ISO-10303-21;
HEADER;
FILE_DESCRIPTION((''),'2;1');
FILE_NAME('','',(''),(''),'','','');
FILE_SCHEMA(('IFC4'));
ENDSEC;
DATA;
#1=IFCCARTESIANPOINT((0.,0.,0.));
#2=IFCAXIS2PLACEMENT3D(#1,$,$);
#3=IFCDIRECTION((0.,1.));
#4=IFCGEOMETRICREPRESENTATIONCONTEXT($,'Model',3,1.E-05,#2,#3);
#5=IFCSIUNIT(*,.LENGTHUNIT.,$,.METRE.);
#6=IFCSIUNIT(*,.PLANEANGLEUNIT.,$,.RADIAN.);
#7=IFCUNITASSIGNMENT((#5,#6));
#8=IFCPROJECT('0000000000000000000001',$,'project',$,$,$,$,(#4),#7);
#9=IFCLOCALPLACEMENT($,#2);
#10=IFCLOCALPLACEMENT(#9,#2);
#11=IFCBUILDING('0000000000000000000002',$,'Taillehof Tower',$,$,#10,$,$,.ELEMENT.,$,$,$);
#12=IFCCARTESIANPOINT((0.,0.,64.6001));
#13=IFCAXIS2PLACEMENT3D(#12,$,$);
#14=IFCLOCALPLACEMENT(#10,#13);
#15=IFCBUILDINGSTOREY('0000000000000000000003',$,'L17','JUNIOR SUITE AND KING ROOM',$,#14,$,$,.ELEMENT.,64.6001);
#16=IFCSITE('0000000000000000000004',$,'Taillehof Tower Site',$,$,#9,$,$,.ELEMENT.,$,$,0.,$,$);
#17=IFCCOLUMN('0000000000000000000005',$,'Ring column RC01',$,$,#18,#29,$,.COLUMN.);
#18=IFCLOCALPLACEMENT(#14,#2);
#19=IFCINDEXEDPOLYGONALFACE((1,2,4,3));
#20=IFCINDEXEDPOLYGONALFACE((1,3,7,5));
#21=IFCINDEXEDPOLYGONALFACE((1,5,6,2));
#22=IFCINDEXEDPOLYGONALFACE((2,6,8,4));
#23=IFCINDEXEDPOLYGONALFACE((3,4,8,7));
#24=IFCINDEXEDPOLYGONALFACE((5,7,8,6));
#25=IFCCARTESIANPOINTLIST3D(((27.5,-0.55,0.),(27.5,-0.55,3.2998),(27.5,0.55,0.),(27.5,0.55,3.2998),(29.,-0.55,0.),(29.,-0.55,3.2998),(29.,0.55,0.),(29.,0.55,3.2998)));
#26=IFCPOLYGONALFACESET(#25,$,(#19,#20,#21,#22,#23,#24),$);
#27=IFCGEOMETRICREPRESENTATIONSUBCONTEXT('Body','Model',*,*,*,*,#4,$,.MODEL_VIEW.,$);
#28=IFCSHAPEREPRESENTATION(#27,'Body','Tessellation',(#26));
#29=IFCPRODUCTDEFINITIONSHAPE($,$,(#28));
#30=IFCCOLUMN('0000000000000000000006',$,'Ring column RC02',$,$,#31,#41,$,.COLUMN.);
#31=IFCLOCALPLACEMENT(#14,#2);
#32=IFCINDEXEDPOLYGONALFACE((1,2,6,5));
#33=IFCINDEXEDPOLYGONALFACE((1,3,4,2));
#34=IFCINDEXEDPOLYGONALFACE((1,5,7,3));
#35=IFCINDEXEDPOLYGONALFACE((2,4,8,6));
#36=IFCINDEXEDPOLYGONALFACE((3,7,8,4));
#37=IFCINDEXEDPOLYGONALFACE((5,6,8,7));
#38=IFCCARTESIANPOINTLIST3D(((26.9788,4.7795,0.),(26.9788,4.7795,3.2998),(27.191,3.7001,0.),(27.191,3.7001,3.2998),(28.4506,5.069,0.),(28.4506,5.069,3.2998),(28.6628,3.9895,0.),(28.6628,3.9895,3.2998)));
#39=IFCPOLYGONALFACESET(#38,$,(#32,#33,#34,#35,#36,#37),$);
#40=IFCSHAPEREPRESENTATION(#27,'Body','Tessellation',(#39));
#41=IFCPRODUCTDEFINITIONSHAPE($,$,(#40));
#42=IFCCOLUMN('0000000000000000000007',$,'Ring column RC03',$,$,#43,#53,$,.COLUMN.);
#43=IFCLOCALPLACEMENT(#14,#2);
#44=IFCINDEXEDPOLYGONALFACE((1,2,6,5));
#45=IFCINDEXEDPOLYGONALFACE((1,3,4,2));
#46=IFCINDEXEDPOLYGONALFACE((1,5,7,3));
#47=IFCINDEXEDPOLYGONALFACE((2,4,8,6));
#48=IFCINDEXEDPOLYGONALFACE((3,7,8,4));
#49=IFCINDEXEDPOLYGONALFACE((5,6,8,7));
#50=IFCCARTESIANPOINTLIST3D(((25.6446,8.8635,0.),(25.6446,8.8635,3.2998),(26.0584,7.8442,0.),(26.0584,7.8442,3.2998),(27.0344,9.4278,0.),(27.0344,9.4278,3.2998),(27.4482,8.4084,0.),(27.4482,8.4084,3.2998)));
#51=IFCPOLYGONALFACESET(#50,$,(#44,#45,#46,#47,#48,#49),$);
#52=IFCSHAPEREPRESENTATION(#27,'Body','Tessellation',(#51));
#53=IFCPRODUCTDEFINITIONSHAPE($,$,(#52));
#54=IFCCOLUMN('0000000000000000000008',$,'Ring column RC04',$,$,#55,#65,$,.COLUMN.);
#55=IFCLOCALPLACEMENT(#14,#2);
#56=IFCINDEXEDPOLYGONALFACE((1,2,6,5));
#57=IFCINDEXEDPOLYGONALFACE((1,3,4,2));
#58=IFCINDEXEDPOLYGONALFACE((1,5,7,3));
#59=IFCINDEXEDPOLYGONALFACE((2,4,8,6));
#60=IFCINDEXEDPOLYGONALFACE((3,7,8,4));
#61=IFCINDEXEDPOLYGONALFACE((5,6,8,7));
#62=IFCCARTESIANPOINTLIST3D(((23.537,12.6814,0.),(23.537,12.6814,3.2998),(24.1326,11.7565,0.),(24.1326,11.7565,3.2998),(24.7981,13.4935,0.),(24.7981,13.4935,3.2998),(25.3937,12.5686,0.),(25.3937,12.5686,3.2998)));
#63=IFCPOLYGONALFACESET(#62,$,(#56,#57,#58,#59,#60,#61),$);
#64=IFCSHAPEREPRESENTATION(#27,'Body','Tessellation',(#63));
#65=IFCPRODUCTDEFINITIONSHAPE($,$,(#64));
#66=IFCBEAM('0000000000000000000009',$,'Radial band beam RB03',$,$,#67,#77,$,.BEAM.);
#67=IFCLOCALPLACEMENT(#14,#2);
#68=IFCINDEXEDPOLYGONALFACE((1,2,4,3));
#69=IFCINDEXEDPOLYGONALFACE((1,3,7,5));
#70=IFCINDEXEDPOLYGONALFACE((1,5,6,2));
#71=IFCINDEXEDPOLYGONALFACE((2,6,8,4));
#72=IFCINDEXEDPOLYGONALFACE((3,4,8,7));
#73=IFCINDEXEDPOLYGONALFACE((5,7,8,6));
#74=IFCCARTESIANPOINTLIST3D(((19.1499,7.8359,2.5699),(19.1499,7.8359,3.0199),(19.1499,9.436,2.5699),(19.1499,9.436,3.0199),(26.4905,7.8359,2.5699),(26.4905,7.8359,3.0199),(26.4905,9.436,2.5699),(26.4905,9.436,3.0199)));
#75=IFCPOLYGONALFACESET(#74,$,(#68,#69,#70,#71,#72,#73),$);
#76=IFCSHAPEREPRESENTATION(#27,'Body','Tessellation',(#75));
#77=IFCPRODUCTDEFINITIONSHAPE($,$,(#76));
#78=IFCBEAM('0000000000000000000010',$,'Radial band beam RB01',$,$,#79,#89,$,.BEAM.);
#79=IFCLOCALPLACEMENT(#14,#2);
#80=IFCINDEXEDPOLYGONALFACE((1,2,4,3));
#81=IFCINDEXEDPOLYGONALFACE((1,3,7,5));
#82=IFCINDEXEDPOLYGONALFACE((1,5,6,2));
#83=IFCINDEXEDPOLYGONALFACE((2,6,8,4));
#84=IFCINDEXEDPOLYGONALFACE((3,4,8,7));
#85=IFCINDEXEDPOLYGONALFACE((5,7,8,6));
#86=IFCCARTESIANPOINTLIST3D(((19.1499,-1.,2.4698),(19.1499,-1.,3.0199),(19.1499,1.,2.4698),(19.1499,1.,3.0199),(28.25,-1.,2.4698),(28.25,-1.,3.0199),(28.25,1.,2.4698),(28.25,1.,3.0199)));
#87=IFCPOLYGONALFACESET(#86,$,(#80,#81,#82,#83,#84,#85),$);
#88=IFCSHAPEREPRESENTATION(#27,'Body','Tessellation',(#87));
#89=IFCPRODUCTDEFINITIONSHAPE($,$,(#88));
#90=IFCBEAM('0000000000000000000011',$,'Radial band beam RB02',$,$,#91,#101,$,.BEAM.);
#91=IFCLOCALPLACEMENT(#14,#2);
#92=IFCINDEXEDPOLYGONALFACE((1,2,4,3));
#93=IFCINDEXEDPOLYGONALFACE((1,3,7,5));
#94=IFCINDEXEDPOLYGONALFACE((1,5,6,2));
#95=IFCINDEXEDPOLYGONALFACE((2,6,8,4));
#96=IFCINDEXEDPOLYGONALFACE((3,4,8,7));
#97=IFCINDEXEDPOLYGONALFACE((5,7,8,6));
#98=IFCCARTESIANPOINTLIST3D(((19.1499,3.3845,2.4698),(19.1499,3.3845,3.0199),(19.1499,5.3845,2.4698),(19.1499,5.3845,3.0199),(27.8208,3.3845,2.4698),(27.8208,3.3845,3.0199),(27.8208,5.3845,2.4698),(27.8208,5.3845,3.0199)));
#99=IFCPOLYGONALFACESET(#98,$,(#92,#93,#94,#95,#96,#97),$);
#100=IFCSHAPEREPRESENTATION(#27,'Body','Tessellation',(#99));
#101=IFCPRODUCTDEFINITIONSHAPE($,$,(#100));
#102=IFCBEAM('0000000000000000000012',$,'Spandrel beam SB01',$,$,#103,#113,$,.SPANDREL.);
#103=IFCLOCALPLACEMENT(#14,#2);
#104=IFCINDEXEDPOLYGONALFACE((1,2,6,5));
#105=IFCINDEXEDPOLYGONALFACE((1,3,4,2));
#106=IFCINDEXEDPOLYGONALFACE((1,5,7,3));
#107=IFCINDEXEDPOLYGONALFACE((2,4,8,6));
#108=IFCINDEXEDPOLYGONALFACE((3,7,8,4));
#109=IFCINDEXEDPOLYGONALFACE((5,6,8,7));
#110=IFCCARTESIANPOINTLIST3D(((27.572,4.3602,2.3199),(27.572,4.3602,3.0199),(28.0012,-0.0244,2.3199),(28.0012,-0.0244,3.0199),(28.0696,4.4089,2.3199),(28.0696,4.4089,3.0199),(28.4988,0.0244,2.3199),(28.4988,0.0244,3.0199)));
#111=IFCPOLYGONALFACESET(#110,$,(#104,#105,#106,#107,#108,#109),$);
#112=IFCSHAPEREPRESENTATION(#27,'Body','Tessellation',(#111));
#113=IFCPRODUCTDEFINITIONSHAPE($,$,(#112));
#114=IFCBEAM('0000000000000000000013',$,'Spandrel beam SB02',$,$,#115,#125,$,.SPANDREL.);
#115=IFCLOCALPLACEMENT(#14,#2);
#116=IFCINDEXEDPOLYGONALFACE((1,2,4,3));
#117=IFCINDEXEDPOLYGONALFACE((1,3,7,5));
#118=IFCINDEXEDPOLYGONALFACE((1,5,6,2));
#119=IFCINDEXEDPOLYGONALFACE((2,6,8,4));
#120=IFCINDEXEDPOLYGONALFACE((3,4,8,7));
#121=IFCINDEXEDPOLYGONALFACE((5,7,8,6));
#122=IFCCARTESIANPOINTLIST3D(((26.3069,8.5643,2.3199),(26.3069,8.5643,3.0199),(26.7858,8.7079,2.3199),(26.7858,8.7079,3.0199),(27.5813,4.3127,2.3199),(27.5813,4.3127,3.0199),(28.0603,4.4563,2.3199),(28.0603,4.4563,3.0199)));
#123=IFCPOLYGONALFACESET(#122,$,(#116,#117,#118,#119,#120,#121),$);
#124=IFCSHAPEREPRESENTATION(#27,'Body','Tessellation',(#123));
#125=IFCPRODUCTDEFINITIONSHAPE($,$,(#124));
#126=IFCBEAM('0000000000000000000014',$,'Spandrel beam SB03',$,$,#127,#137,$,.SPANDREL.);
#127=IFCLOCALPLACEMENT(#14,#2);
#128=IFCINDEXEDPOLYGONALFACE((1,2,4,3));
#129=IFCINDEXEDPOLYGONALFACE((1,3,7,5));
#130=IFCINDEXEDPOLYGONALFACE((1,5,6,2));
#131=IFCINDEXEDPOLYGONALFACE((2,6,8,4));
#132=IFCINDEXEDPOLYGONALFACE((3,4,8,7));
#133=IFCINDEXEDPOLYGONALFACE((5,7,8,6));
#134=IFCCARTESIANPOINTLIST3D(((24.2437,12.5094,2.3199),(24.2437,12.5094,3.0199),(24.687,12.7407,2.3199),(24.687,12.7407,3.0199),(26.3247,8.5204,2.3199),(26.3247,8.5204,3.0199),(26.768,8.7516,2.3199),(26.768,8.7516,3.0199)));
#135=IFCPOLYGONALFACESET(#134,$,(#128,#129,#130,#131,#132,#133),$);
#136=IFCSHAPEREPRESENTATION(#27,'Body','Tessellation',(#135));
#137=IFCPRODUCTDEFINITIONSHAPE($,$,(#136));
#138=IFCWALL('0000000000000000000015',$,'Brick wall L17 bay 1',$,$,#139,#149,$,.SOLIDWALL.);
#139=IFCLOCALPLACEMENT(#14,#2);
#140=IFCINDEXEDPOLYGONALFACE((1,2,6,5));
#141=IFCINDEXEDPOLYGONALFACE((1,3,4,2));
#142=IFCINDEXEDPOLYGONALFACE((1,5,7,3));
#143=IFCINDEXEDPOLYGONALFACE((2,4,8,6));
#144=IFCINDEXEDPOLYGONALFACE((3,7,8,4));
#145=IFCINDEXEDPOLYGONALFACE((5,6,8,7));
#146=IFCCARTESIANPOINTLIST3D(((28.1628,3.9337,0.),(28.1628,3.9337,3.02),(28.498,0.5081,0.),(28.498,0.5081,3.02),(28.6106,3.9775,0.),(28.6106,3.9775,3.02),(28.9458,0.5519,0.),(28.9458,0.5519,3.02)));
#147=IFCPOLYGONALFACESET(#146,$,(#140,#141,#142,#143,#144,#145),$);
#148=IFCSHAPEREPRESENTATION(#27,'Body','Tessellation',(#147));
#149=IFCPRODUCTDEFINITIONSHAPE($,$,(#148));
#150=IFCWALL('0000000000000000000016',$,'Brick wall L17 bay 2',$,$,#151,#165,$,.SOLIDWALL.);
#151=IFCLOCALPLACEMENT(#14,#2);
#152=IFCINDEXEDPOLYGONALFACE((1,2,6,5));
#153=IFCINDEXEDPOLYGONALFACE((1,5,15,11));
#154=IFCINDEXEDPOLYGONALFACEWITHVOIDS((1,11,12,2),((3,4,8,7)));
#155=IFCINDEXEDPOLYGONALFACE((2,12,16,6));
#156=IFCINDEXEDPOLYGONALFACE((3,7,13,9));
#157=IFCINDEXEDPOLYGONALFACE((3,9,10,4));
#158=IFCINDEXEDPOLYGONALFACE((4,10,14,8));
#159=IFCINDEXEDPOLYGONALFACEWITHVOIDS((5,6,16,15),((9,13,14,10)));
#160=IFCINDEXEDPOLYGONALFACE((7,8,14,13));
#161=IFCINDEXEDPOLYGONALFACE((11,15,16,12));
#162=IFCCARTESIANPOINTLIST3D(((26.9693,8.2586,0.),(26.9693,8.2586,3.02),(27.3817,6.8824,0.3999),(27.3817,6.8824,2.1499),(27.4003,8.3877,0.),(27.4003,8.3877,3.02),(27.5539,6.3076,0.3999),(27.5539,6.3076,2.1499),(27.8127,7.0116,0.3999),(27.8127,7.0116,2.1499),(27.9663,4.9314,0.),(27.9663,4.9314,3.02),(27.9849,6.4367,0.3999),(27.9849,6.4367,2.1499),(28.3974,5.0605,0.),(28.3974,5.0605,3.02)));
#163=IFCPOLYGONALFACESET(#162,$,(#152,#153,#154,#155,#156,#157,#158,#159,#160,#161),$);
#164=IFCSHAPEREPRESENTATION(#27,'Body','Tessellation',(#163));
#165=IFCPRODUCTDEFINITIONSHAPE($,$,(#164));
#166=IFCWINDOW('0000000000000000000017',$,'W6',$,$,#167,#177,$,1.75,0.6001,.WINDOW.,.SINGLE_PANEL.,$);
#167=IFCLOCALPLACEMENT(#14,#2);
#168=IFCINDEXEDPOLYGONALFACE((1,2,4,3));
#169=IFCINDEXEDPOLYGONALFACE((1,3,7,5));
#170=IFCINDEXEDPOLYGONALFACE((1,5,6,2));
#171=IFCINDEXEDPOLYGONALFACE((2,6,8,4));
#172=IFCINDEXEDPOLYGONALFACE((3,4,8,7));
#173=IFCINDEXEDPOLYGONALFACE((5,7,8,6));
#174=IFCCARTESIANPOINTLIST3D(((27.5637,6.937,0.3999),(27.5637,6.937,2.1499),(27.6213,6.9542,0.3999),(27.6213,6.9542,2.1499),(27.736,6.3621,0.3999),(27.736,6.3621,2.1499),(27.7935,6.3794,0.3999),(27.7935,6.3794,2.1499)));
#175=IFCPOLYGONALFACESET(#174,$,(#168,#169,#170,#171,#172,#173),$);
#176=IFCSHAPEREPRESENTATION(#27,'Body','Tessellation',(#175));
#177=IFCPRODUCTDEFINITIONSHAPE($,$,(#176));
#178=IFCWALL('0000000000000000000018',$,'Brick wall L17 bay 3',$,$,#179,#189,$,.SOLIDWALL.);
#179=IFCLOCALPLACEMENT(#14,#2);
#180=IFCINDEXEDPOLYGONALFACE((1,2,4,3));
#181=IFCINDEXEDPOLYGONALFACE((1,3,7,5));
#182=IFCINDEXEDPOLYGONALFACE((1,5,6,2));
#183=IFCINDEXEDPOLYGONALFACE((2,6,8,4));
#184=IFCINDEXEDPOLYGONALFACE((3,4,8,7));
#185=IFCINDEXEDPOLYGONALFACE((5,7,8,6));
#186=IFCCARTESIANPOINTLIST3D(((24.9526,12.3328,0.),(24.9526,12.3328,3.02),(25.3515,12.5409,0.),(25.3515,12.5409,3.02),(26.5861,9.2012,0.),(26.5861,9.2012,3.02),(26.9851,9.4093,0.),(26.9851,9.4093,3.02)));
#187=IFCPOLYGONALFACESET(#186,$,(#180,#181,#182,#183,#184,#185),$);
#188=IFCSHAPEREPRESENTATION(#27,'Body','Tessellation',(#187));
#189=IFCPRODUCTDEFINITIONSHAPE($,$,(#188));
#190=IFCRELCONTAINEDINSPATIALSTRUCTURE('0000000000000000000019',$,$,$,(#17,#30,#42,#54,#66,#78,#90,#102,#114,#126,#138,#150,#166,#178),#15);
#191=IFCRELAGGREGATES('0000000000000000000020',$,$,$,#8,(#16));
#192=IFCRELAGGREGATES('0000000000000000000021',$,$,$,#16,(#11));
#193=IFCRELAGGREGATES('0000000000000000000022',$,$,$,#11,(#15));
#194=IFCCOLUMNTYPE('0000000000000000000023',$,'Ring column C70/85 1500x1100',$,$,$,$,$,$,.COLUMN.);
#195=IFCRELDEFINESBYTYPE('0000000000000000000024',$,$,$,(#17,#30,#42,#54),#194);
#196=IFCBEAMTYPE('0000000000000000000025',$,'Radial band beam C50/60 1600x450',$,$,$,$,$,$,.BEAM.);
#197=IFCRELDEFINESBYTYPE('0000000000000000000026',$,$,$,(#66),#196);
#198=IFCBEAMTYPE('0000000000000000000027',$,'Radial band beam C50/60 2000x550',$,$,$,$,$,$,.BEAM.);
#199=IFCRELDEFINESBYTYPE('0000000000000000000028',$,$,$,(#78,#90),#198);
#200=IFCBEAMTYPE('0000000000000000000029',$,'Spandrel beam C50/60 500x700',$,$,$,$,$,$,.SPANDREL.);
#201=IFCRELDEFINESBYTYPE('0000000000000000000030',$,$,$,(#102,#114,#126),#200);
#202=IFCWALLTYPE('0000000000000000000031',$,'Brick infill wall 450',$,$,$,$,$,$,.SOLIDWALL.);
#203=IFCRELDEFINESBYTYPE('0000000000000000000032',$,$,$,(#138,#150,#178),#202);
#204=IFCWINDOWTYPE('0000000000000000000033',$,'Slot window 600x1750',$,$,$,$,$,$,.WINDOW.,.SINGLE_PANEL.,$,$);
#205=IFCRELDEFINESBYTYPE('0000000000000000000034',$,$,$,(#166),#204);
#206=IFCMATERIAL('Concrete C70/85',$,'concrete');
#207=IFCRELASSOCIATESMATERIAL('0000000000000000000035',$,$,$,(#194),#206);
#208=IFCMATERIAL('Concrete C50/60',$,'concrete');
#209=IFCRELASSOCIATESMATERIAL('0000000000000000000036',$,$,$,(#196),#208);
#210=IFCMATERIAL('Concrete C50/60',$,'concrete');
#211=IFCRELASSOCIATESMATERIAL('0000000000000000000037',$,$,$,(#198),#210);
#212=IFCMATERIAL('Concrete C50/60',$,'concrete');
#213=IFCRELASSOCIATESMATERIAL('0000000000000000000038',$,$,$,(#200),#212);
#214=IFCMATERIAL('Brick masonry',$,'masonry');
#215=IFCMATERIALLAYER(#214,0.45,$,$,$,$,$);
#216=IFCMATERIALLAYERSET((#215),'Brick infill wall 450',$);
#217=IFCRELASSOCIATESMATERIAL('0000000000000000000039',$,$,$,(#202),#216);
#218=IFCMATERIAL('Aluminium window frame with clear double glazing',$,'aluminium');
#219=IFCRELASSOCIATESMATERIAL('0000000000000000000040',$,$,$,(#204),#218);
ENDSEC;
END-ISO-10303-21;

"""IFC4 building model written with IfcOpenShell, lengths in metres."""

from ifc_helpers import new_model, si_unit, direction, frame, frame_2d, origin, origin_2d, place, context, subcontext, project, spatial, rectangle, extrude, material, layer, layer_set, material_profile, profile_set, type_object, element, fill, save


model = new_model("IFC4")

# Units and contexts
model_context = context("Model", 3, precision=1e-05, world=origin(), true_north=direction((0.0, 1.0)))
body_context = subcontext(model_context, "Body", "Model", "MODEL_VIEW")
ifc_project = project(units=[si_unit("LENGTHUNIT", "METRE"), si_unit("PLANEANGLEUNIT", "RADIAN")], contexts=[model_context])

# Site, building, storey
site_placement = place(None, origin())
site = spatial("IfcSite", under=ifc_project, at=site_placement, Name="Taillehof Tower Site", CompositionType="ELEMENT", RefElevation=0.0)
building_placement = place(site_placement, origin())
building = spatial("IfcBuilding", under=site, at=building_placement, Name="Taillehof Tower", CompositionType="ELEMENT")
storey_placement = place(building_placement, frame((0.0, 0.0, 64.6001)))
storey = spatial("IfcBuildingStorey", under=building, at=storey_placement, Name="L17", Description="JUNIOR SUITE AND KING ROOM", CompositionType="ELEMENT", Elevation=64.6001)

# Columns
ifc_material_1 = material(Name="Concrete C70/85", Category="concrete")
ifc_material_profile_1 = material_profile(ifc_material_1, rectangle(XDim=1.5, YDim=1.1001, at=origin_2d()), Name="RC 1500x1100")
ifc_profile_set_1 = profile_set([ifc_material_profile_1], Name="Concrete C70/85")
column_type = type_object("IfcColumnType", Name="Ring column C70/85 1500x1100", PredefinedType="COLUMN", material=ifc_profile_set_1)
for number, where, z_axis, x_axis, name in (
    (1, (28.25, 0.0, 0.0), (0.0, 0.0, 1.0), (1.0, 0.0, 0.0), "Ring column RC01"),
    (2, (27.8208, 4.3845, 0.0), (0.0, 0.0, 1.0), (0.981204, 0.192976, 0.0), "Ring column RC02"),
    (3, (26.5464, 8.636, 0.0), (0.0, 0.0, 1.0), (0.926558, 0.376152, 0.0), "Ring column RC03"),
    (4, (24.4653, 12.625, 0.0), (0.0, 0.0, 1.0), (0.840754, 0.541418, 0.0), "Ring column RC04"),
):
    element("IfcColumn", number, at=place(storey_placement, frame(where, z_axis=z_axis, x_axis=x_axis)), inside=storey, type_object=column_type, Name=name, PredefinedType="COLUMN", context=body_context, shape_type="SweptSolid", body=[
        extrude(rectangle(XDim=1.5, YDim=1.1001, at=origin_2d()), origin(), (0.0, 0.0, 1.0), 3.2998),
    ])

# Beams
ifc_material_2 = material(Name="Concrete C50/60", Category="concrete")
ifc_material_profile_2 = material_profile(ifc_material_2, rectangle(XDim=1.6001, YDim=0.45, at=origin_2d()), Name="RC 1600x450")
ifc_profile_set_2 = profile_set([ifc_material_profile_2], Name="Concrete C50/60")
beam_type_1 = type_object("IfcBeamType", Name="Radial band beam C50/60 1600x450", PredefinedType="BEAM", material=ifc_profile_set_2)
beam_1_placement = place(storey_placement, frame((26.4905, 8.636, 2.7949), z_axis=(-1.0, 0.0, 0.0), x_axis=(0.0, -1.0, 0.0)))
element("IfcBeam", 5, at=beam_1_placement, inside=storey, type_object=beam_type_1, Name="Radial band beam RB03", PredefinedType="BEAM", context=body_context, shape_type="SweptSolid", body=[
    extrude(rectangle(XDim=1.6001, YDim=0.45, at=origin_2d()), origin(), (0.0, 0.0, 1.0), 7.3406),
])
ifc_material_3 = material(Name="Concrete C50/60", Category="concrete")
ifc_material_profile_3 = material_profile(ifc_material_3, rectangle(XDim=2.0, YDim=0.55, at=origin_2d()), Name="RC 2000x550")
ifc_profile_set_3 = profile_set([ifc_material_profile_3], Name="Concrete C50/60")
beam_type_2 = type_object("IfcBeamType", Name="Radial band beam C50/60 2000x550", PredefinedType="BEAM", material=ifc_profile_set_3)
beam_2_placement = place(storey_placement, frame((28.25, 0.0, 2.7449), z_axis=(-1.0, 0.0, 0.0), x_axis=(0.0, -1.0, 0.0)))
element("IfcBeam", 6, at=beam_2_placement, inside=storey, type_object=beam_type_2, Name="Radial band beam RB01", PredefinedType="BEAM", context=body_context, shape_type="SweptSolid", body=[
    extrude(rectangle(XDim=2.0, YDim=0.55, at=origin_2d()), origin(), (0.0, 0.0, 1.0), 9.1001),
])
beam_3_placement = place(storey_placement, frame((27.8208, 4.3845, 2.7449), z_axis=(-1.0, 0.0, 0.0), x_axis=(0.0, -1.0, 0.0)))
element("IfcBeam", 7, at=beam_3_placement, inside=storey, type_object=beam_type_2, Name="Radial band beam RB02", PredefinedType="BEAM", context=body_context, shape_type="SweptSolid", body=[
    extrude(rectangle(XDim=2.0, YDim=0.55, at=origin_2d()), origin(), (0.0, 0.0, 1.0), 8.6709),
])
ifc_material_4 = material(Name="Concrete C50/60", Category="concrete")
ifc_material_profile_4 = material_profile(ifc_material_4, rectangle(XDim=0.5, YDim=0.7, at=origin_2d()), Name="RC 500x700")
ifc_profile_set_4 = profile_set([ifc_material_profile_4], Name="Concrete C50/60")
beam_type_3 = type_object("IfcBeamType", Name="Spandrel beam C50/60 500x700", PredefinedType="SPANDREL", material=ifc_profile_set_4)
beam_4_placement = place(storey_placement, frame((28.25, 0.0, 2.6699), z_axis=(-0.097424, 0.995243, 0.0), x_axis=(-0.995243, -0.097424, 0.0)))
element("IfcBeam", 8, at=beam_4_placement, inside=storey, type_object=beam_type_3, Name="Spandrel beam SB01", PredefinedType="SPANDREL", context=body_context, shape_type="SweptSolid", body=[
    extrude(rectangle(XDim=0.5, YDim=0.7, at=origin_2d()), origin(), (0.0, 0.0, 1.0), 4.4055),
])
beam_5_placement = place(storey_placement, frame((27.8208, 4.3845, 2.6699), z_axis=(-0.287136, 0.95789, 0.0), x_axis=(-0.95789, -0.287136, 0.0)))
element("IfcBeam", 9, at=beam_5_placement, inside=storey, type_object=beam_type_3, Name="Spandrel beam SB02", PredefinedType="SPANDREL", context=body_context, shape_type="SweptSolid", body=[
    extrude(rectangle(XDim=0.5, YDim=0.7, at=origin_2d()), origin(), (0.0, 0.0, 1.0), 4.4385),
])
beam_6_placement = place(storey_placement, frame((26.5464, 8.636, 2.6699), z_axis=(-0.462536, 0.8866, 0.0), x_axis=(-0.8866, -0.462536, 0.0)))
element("IfcBeam", 10, at=beam_6_placement, inside=storey, type_object=beam_type_3, Name="Spandrel beam SB03", PredefinedType="SPANDREL", context=body_context, shape_type="SweptSolid", body=[
    extrude(rectangle(XDim=0.5, YDim=0.7, at=origin_2d()), origin(), (0.0, 0.0, 1.0), 4.4993),
])

# Wall
ifc_material_5 = material(Name="Brick masonry", Category="masonry")
ifc_layer_1 = layer(ifc_material_5, 0.45)
ifc_layer_set_1 = layer_set([ifc_layer_1], Name="Brick infill wall 450")
wall_type_1 = type_object("IfcWallType", Name="Brick infill wall 450", PredefinedType="SOLIDWALL", material=ifc_layer_set_1)
wall_1_placement = place(storey_placement, frame((28.7219, 0.53, 0.0), z_axis=(0.0, 0.0, 1.0), x_axis=(-0.09739, 0.995246, 0.0)))
element("IfcWall", 11, at=wall_1_placement, inside=storey, type_object=wall_type_1, Name="Brick wall L17 bay 1", PredefinedType="SOLIDWALL", context=body_context, shape_type="SweptSolid", body=[
    extrude(rectangle(XDim=3.4419, YDim=0.45, at=frame_2d((1.7209, 0.0))), origin(), (0.0, 0.0, 1.0), 3.02),
])

# Wall, opening, window
wall_2_placement = place(storey_placement, frame((28.1819, 4.9958, 0.0), z_axis=(0.0, 0.0, 1.0), x_axis=(-0.287064, 0.957911, 0.0)))
wall_2 = element("IfcWall", 12, at=wall_2_placement, inside=storey, type_object=wall_type_1, Name="Brick wall L17 bay 2", PredefinedType="SOLIDWALL", context=body_context, shape_type="SweptSolid", body=[
    extrude(rectangle(XDim=3.4734, YDim=0.45, at=frame_2d((1.7368, 0.0))), origin(), (0.0, 0.0, 1.0), 3.02),
])
opening_1_placement = place(wall_2_placement, frame((1.4368, 0.0, 0.3999)))
opening_1 = element("IfcOpeningElement", 13, at=opening_1_placement, cuts=wall_2, PredefinedType="OPENING", context=body_context, shape_type="SweptSolid", body=[
    extrude(rectangle(XDim=0.6001, YDim=1.75, at=frame_2d((0.3, 0.875))), frame((0.0, 0.2349, 0.0), z_axis=(0.0, -1.0, 0.0), x_axis=(1.0, 0.0, 0.0)), (0.0, 0.0, 1.0), 0.47),
])
ifc_material_6 = material(Name="Aluminium window frame with clear double glazing", Category="aluminium")
window_type = type_object("IfcWindowType", Name="Slot window 600x1750", PartitioningType="SINGLE_PANEL", PredefinedType="WINDOW", material=ifc_material_6)
window_placement = place(opening_1_placement, origin())
window = element("IfcWindow", 14, at=window_placement, inside=storey, type_object=window_type, Name="W6", OverallHeight=1.75, OverallWidth=0.6001, PartitioningType="SINGLE_PANEL", PredefinedType="WINDOW", context=body_context, shape_type="SweptSolid", body=[
    extrude(rectangle(XDim=0.6001, YDim=1.75, at=frame_2d((0.3, 0.875))), frame((0.0, 0.0349, 0.0), z_axis=(0.0, -1.0, 0.0), x_axis=(1.0, 0.0, 0.0)), (0.0, 0.0, 1.0), 0.0601),
])
fill(opening_1, window)

# Wall
wall_3_placement = place(storey_placement, frame((26.7856, 9.3052, 0.0), z_axis=(0.0, 0.0, 1.0), x_axis=(-0.462493, 0.886623, 0.0)))
element("IfcWall", 15, at=wall_3_placement, inside=storey, type_object=wall_type_1, Name="Brick wall L17 bay 3", PredefinedType="SOLIDWALL", context=body_context, shape_type="SweptSolid", body=[
    extrude(rectangle(XDim=3.532, YDim=0.45, at=frame_2d((1.7661, 0.0))), origin(), (0.0, 0.0, 1.0), 3.02),
])

save(model, "model.ifc")
